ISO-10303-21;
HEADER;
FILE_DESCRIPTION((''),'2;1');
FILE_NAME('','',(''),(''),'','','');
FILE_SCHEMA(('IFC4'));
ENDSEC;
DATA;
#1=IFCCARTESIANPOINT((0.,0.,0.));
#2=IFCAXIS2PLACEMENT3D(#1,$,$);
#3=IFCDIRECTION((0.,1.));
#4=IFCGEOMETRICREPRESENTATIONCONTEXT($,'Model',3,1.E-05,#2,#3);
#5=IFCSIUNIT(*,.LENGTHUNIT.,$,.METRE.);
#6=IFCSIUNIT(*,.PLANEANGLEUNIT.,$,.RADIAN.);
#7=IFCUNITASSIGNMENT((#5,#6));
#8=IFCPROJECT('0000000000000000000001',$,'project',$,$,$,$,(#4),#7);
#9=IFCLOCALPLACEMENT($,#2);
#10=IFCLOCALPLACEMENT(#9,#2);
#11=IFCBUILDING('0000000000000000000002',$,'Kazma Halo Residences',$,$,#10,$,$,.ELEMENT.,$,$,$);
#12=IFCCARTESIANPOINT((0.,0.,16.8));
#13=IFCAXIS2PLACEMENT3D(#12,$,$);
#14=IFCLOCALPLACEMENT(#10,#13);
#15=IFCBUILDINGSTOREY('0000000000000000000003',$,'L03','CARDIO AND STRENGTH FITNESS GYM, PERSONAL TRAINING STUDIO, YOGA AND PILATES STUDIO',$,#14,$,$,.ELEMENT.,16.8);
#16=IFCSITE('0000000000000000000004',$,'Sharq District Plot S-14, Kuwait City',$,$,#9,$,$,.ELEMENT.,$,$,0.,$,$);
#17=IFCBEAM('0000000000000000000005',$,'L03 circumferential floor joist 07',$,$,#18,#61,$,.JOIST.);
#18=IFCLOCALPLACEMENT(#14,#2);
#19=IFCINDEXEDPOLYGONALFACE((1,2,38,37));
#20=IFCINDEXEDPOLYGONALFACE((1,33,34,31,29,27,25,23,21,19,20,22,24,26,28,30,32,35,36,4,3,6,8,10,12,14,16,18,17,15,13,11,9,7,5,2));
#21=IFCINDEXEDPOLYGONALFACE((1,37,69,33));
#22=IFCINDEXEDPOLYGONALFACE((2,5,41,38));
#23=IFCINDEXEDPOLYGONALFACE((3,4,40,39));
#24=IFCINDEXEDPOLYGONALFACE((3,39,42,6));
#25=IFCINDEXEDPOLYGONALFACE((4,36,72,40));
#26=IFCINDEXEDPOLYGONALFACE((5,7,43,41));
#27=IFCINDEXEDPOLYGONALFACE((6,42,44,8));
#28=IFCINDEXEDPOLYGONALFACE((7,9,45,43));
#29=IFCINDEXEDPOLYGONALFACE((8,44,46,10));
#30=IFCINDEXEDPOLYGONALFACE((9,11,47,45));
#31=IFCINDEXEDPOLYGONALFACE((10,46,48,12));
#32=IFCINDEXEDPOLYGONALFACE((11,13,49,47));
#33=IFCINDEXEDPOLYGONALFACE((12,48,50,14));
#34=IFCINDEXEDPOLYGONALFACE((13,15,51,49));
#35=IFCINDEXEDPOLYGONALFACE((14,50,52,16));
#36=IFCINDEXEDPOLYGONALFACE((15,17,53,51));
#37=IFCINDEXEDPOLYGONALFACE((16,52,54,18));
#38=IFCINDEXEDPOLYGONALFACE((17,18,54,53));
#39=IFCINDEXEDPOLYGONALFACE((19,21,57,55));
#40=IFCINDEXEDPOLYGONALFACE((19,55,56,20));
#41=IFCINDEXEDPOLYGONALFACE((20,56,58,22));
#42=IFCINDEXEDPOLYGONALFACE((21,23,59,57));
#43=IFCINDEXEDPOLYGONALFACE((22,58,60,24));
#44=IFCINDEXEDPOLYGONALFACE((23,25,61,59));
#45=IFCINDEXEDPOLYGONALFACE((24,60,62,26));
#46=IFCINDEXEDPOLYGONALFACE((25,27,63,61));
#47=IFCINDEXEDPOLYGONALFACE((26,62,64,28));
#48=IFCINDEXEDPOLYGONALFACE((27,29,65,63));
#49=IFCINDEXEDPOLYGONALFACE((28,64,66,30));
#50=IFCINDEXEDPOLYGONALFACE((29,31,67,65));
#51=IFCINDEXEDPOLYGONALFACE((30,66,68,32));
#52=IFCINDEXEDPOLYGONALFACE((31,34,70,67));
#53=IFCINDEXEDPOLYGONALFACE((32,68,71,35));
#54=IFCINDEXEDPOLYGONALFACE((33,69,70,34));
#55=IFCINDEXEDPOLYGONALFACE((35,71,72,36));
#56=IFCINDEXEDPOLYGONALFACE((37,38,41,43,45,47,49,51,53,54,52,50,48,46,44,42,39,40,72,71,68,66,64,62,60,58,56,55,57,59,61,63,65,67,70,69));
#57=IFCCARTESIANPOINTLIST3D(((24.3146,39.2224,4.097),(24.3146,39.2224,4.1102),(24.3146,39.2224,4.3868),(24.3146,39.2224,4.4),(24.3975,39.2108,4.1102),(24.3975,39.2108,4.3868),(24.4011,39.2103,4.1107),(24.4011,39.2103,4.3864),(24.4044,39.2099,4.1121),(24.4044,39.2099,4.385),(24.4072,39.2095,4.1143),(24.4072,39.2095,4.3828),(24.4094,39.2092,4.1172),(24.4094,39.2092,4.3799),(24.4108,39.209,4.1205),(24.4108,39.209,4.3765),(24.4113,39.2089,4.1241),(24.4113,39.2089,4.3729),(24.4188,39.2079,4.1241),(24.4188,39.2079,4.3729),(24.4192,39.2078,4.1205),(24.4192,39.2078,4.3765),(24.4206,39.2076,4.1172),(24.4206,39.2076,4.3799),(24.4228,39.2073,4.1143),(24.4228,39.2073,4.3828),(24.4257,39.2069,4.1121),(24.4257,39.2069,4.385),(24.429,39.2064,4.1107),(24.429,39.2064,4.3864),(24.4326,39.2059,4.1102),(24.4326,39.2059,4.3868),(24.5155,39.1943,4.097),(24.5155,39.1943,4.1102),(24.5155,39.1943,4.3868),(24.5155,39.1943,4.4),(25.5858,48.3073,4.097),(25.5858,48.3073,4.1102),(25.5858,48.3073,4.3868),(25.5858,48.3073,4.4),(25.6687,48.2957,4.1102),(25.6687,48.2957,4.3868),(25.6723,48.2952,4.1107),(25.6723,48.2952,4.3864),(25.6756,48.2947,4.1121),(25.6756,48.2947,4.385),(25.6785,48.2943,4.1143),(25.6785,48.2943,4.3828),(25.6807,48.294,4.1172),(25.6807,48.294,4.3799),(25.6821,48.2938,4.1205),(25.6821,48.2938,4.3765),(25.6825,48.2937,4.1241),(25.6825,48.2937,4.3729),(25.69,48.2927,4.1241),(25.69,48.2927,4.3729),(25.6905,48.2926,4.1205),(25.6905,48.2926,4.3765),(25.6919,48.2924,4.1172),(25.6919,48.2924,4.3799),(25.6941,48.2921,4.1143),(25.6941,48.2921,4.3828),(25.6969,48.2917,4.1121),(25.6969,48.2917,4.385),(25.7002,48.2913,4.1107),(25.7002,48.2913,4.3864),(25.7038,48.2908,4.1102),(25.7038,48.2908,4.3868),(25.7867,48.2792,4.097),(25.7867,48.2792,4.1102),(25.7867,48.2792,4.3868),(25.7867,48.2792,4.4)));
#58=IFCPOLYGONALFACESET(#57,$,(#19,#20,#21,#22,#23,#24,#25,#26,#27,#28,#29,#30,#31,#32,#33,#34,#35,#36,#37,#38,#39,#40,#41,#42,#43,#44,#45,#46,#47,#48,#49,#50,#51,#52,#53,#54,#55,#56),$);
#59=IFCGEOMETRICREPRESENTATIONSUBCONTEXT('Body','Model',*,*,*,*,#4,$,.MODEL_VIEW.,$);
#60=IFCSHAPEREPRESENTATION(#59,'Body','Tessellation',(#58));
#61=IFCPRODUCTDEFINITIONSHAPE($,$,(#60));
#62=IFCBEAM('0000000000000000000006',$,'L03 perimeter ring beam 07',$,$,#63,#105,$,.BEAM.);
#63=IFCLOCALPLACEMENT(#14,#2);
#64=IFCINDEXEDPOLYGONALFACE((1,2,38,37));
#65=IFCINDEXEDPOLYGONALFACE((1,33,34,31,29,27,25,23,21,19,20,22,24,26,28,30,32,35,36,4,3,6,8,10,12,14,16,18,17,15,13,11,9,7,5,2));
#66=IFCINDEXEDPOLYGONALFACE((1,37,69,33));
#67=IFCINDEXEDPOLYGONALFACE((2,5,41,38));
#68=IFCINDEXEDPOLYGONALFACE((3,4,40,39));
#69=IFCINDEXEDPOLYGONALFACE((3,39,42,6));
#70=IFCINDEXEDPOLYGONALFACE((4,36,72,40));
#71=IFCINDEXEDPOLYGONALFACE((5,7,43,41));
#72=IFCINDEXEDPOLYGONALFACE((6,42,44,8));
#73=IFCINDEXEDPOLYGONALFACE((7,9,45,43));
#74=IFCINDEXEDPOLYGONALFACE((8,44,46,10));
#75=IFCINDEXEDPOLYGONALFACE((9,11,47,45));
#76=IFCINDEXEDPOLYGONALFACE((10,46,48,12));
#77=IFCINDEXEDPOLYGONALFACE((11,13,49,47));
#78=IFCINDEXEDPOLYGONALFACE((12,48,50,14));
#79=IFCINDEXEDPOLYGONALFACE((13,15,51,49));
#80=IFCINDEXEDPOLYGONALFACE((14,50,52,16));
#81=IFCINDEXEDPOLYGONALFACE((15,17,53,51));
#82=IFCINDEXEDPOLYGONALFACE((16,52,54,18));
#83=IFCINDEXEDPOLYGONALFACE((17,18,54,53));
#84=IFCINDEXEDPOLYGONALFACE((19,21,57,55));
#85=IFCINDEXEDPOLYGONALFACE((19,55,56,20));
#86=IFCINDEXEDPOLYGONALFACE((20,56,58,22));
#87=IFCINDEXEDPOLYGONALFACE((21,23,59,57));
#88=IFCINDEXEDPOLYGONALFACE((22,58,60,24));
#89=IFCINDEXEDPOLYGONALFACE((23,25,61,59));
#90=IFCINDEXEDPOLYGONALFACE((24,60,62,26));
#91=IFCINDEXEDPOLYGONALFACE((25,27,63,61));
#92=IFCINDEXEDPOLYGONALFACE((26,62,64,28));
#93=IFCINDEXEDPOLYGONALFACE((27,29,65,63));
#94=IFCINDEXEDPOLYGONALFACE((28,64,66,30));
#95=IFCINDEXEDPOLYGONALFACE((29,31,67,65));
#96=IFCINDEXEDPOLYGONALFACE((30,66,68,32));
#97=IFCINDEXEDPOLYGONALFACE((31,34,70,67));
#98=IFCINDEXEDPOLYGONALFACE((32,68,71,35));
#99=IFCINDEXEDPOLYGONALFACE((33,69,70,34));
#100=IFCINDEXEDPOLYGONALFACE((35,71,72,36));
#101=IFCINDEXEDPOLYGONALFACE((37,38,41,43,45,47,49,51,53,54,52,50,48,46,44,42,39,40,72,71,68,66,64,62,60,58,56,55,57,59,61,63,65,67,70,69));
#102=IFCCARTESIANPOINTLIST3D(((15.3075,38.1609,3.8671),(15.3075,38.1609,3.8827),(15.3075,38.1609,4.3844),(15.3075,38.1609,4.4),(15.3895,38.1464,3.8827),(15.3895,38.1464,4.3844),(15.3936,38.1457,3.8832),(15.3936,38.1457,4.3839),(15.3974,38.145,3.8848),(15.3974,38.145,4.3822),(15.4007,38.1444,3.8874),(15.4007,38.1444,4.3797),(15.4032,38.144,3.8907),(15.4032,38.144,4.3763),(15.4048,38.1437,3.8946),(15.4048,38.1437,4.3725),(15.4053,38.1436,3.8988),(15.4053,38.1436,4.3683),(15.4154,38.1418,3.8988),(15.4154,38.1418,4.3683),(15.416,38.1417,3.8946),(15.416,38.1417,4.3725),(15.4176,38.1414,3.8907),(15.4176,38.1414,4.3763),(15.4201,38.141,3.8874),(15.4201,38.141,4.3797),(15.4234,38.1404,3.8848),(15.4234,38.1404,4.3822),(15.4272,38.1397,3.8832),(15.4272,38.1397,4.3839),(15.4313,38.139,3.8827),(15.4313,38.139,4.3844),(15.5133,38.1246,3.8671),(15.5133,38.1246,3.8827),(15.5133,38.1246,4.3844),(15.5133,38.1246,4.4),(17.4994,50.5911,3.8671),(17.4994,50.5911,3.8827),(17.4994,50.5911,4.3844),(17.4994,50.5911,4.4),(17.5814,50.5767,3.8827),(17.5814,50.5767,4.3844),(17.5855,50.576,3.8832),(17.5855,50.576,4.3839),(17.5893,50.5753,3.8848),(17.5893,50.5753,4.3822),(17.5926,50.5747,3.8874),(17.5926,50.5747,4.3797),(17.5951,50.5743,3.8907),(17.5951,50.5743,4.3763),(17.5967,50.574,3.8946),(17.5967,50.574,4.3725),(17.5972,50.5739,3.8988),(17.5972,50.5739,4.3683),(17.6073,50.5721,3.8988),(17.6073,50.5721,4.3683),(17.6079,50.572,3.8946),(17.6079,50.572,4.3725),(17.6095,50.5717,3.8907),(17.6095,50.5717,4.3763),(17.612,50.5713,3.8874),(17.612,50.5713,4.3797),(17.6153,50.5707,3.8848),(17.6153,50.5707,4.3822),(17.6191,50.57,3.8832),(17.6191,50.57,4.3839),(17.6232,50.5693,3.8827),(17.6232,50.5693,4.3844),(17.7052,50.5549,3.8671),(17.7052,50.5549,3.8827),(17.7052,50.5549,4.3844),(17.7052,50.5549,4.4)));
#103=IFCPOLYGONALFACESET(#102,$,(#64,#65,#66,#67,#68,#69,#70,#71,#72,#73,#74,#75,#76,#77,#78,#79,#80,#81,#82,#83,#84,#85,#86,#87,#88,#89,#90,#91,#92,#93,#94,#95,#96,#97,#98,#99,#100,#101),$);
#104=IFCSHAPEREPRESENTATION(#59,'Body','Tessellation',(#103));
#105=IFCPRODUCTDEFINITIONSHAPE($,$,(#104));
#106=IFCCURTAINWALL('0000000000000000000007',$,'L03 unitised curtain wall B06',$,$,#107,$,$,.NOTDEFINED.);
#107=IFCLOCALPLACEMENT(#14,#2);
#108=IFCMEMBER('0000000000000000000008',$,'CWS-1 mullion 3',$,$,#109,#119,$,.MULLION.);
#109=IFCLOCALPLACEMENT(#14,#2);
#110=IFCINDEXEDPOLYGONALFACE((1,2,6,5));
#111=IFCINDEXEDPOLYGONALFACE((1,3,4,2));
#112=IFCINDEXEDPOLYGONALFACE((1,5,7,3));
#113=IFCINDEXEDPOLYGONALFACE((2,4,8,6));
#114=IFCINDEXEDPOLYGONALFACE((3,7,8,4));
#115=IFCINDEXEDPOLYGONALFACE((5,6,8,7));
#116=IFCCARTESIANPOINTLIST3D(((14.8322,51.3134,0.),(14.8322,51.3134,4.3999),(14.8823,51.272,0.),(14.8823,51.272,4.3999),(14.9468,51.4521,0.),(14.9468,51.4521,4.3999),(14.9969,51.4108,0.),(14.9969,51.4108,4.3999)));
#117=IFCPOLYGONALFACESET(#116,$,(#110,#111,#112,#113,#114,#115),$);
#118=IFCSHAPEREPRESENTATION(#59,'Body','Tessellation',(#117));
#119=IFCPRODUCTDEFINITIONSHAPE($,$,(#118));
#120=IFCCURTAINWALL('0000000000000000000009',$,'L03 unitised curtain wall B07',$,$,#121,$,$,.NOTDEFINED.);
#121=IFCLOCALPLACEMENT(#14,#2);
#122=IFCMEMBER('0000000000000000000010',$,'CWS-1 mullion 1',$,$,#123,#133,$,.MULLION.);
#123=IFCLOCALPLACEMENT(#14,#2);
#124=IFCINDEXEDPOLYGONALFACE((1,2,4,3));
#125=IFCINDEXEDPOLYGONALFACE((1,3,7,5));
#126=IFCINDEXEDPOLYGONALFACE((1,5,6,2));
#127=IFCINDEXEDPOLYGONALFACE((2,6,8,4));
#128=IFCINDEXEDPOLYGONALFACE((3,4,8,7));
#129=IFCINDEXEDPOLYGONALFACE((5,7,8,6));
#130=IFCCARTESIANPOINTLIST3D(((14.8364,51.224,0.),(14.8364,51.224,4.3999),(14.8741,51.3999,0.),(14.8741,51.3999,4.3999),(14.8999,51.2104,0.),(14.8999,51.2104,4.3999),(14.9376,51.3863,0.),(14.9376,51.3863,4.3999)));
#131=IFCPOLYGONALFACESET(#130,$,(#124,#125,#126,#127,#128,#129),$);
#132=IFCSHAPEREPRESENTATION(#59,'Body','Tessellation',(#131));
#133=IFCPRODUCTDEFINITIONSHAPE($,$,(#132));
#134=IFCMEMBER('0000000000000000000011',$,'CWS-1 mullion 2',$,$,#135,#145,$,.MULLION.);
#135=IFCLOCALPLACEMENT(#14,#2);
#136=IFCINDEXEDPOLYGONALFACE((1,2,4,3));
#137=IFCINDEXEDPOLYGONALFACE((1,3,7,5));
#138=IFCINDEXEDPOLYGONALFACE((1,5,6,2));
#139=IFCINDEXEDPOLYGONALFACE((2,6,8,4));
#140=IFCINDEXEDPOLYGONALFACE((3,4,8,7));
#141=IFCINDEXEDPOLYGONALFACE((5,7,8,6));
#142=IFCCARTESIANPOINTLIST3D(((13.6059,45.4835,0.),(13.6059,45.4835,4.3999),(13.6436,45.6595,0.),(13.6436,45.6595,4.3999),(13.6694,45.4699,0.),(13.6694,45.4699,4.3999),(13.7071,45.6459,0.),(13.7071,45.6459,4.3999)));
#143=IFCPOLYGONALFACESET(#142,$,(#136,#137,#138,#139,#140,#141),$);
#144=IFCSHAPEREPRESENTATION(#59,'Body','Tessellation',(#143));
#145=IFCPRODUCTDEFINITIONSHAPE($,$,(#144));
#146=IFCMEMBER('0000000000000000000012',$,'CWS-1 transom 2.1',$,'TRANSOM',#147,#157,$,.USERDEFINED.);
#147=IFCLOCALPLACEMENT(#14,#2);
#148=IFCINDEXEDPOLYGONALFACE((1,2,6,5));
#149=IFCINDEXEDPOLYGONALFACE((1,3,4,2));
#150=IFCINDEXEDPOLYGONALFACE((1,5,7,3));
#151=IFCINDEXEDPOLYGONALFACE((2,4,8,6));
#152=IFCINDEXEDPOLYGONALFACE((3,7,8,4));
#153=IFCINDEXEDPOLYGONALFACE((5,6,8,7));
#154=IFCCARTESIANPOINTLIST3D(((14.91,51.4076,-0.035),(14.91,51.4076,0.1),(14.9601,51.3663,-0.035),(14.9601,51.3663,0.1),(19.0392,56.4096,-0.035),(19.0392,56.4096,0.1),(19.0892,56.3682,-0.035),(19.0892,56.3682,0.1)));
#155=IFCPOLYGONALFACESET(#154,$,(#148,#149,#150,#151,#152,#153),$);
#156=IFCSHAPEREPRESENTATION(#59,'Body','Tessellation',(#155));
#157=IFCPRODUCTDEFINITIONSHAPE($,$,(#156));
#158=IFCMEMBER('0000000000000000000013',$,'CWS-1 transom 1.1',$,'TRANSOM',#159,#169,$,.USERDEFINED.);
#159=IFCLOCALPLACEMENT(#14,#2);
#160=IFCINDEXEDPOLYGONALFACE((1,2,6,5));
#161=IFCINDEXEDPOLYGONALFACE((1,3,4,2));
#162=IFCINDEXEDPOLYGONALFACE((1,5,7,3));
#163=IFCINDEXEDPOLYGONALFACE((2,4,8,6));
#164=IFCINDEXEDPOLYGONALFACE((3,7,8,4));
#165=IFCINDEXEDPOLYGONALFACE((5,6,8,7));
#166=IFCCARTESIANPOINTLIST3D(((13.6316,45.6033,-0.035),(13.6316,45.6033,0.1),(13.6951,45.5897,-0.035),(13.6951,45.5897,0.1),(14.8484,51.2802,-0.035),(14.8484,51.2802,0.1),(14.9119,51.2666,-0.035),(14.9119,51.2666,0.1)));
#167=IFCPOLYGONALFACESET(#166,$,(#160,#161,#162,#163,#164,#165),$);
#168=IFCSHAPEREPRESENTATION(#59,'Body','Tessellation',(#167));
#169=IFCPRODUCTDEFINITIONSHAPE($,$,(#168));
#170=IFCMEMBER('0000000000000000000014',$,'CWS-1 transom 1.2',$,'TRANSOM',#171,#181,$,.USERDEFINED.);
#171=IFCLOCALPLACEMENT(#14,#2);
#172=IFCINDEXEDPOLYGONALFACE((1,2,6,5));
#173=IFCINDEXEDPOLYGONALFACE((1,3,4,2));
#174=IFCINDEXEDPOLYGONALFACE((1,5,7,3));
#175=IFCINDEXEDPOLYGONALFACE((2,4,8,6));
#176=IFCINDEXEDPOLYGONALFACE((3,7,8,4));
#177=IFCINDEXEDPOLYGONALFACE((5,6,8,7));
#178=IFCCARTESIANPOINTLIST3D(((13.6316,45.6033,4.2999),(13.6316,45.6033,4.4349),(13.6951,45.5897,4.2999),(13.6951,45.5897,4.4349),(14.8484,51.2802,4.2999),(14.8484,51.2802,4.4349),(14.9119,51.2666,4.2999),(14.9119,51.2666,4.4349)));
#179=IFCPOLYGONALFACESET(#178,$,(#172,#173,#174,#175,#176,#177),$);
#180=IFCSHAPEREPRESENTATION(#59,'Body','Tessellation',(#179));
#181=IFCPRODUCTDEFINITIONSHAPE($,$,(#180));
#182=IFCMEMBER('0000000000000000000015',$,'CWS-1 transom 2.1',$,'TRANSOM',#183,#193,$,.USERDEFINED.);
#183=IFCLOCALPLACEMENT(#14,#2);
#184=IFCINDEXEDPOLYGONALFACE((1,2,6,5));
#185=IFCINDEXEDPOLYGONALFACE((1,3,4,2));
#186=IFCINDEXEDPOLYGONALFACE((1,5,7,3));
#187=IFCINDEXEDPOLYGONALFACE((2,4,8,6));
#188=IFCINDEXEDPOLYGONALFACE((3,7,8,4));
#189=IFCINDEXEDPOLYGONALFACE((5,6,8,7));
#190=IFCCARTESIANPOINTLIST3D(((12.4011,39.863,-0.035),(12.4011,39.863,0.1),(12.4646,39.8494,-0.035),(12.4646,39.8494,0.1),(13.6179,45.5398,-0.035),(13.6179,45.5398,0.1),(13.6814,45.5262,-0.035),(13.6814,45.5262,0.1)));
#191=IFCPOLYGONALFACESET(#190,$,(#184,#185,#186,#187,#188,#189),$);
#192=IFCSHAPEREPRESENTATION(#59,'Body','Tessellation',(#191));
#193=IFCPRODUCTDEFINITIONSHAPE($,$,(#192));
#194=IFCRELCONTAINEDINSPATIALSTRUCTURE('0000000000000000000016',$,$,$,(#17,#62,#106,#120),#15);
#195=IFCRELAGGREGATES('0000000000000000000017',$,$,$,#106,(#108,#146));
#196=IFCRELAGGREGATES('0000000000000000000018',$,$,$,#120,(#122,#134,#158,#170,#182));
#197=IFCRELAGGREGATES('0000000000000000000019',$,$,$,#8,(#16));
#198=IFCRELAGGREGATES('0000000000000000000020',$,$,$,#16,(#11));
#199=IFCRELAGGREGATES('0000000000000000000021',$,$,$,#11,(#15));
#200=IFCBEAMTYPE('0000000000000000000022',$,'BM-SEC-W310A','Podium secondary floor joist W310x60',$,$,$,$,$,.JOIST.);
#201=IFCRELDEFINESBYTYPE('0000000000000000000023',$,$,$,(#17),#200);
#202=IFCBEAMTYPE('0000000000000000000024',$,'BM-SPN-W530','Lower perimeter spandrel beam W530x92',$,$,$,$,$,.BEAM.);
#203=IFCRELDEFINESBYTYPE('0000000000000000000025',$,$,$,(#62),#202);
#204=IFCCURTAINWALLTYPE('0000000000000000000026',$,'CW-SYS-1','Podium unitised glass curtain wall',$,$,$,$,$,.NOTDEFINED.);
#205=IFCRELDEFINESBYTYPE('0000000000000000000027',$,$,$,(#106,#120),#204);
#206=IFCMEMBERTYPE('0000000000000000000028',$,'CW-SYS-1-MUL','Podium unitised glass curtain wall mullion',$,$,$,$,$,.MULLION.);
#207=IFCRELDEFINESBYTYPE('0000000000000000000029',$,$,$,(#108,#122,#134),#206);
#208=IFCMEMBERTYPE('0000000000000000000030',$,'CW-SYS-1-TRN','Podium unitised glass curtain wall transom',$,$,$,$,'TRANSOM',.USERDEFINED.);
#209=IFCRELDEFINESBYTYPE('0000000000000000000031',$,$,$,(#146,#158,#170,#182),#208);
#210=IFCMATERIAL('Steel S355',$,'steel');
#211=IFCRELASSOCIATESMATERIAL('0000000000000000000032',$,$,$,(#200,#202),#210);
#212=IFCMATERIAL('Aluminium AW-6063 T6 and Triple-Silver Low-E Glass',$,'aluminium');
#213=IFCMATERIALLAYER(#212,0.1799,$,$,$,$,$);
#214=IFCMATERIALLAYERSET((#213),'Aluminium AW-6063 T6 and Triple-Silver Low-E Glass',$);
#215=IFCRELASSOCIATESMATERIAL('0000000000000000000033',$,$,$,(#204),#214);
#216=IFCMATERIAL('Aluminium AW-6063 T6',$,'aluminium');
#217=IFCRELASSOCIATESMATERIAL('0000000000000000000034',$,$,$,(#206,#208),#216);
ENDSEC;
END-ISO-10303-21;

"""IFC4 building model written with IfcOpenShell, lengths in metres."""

from ifc_helpers import new_model, si_unit, direction, frame, origin, origin_2d, place, context, subcontext, project, spatial, rectangle, i_section, extrude, material, layer, layer_set, material_profile, profile_set, type_object, element, aggregate, save


model = new_model("IFC4")

# Units and contexts
model_context = context("Model", 3, precision=1e-05, world=origin(), true_north=direction((0.0, 1.0)))
body_context = subcontext(model_context, "Body", "Model", "MODEL_VIEW")
ifc_project = project(units=[si_unit("LENGTHUNIT", "METRE"), si_unit("PLANEANGLEUNIT", "RADIAN")], contexts=[model_context])

# Site, building, storey
site_placement = place(None, origin())
site = spatial("IfcSite", under=ifc_project, at=site_placement, Name="Sharq District Plot S-14, Kuwait City", CompositionType="ELEMENT", RefElevation=0.0)
building_placement = place(site_placement, origin())
building = spatial("IfcBuilding", under=site, at=building_placement, Name="Kazma Halo Residences", CompositionType="ELEMENT")
storey_placement = place(building_placement, frame((0.0, 0.0, 16.8)))
storey = spatial("IfcBuildingStorey", under=building, at=storey_placement, Name="L03", Description="CARDIO AND STRENGTH FITNESS GYM, PERSONAL TRAINING STUDIO, YOGA AND PILATES STUDIO", CompositionType="ELEMENT", Elevation=16.8)

# Beams
ifc_material_1 = material(Name="Steel S355", Category="steel")
ifc_material_profile_1 = material_profile(ifc_material_1, i_section(OverallWidth=0.2029, OverallDepth=0.303, WebThickness=0.0076, FlangeThickness=0.0132, FilletRadius=0.0139, at=origin_2d()), Name="W310x60")
ifc_profile_set_1 = profile_set([ifc_material_profile_1], Name="Steel S355")
beam_type_1 = type_object("IfcBeamType", Name="BM-SEC-W310A", Description="Podium secondary floor joist W310x60", PredefinedType="JOIST", material=ifc_profile_set_1)
beam_1_placement = place(storey_placement, frame((25.6863, 48.2932, 4.2485), z_axis=(-0.138582, -0.990351, 0.0), x_axis=(0.990351, -0.138582, 0.0)))
element("IfcBeam", 1, at=beam_1_placement, inside=storey, type_object=beam_type_1, Name="L03 circumferential floor joist 07", PredefinedType="JOIST", context=body_context, shape_type="SweptSolid", body=[
    extrude(i_section(OverallWidth=0.2029, OverallDepth=0.303, WebThickness=0.0076, FlangeThickness=0.0132, FilletRadius=0.0139, at=origin_2d()), origin(), (0.0, 0.0, 1.0), 9.1733),
])
ifc_material_profile_2 = material_profile(ifc_material_1, i_section(OverallWidth=0.209, OverallDepth=0.533, WebThickness=0.0103, FlangeThickness=0.0156, FilletRadius=0.0161, at=origin_2d()), Name="W530x92")
ifc_profile_set_2 = profile_set([ifc_material_profile_2], Name="Steel S355")
beam_type_2 = type_object("IfcBeamType", Name="BM-SPN-W530", Description="Lower perimeter spandrel beam W530x92", PredefinedType="BEAM", material=ifc_profile_set_2)
beam_2_placement = place(storey_placement, frame((17.6023, 50.573, 4.1335), z_axis=(-0.173657, -0.984806, 0.0), x_axis=(0.984806, -0.173657, 0.0)))
element("IfcBeam", 2, at=beam_2_placement, inside=storey, type_object=beam_type_2, Name="L03 perimeter ring beam 07", PredefinedType="BEAM", context=body_context, shape_type="SweptSolid", body=[
    extrude(i_section(OverallWidth=0.209, OverallDepth=0.533, WebThickness=0.0103, FlangeThickness=0.0156, FilletRadius=0.0161, at=origin_2d()), origin(), (0.0, 0.0, 1.0), 12.6221),
])

# Curtain wall, member
ifc_material_2 = material(Name="Aluminium AW-6063 T6 and Triple-Silver Low-E Glass", Category="aluminium")
ifc_layer_1 = layer(ifc_material_2, 0.1799)
ifc_layer_set_1 = layer_set([ifc_layer_1], Name="Aluminium AW-6063 T6 and Triple-Silver Low-E Glass")
curtain_wall_type = type_object("IfcCurtainWallType", Name="CW-SYS-1", Description="Podium unitised glass curtain wall", PredefinedType="NOTDEFINED", material=ifc_layer_set_1)
curtain_wall_1_placement = place(storey_placement, origin())
curtain_wall_1 = element("IfcCurtainWall", 3, at=curtain_wall_1_placement, inside=storey, type_object=curtain_wall_type, Name="L03 unitised curtain wall B06", PredefinedType="NOTDEFINED")
ifc_material_3 = material(Name="Aluminium AW-6063 T6", Category="aluminium")
ifc_material_profile_3 = material_profile(ifc_material_3, rectangle(XDim=0.0649, YDim=0.1799, at=origin_2d()), Name="CWM-65x180")
ifc_profile_set_3 = profile_set([ifc_material_profile_3], Name="Aluminium AW-6063 T6")
member_type_1 = type_object("IfcMemberType", Name="CW-SYS-1-MUL", Description="Podium unitised glass curtain wall mullion", PredefinedType="MULLION", material=ifc_profile_set_3)
member_1_placement = place(storey_placement, frame((14.9146, 51.3621, 0.0), z_axis=(0.0, 0.0, 1.0), x_axis=(0.771192, -0.636603, 0.0)))
member_1 = element("IfcMember", 4, at=member_1_placement, type_object=member_type_1, Name="CWS-1 mullion 3", PredefinedType="MULLION", context=body_context, shape_type="SweptSolid", body=[
    extrude(rectangle(XDim=0.0649, YDim=0.1799, at=origin_2d()), origin(), (0.0, 0.0, 1.0), 4.3999),
])

# Curtain wall, members
curtain_wall_2_placement = place(storey_placement, origin())
curtain_wall_2 = element("IfcCurtainWall", 5, at=curtain_wall_2_placement, inside=storey, type_object=curtain_wall_type, Name="L03 unitised curtain wall B07", PredefinedType="NOTDEFINED")
member_2_placement = place(storey_placement, frame((14.887, 51.3052, 0.0), z_axis=(0.0, 0.0, 1.0), x_axis=(0.977788, -0.209596, 0.0)))
member_2 = element("IfcMember", 6, at=member_2_placement, type_object=member_type_1, Name="CWS-1 mullion 1", PredefinedType="MULLION", context=body_context, shape_type="SweptSolid", body=[
    extrude(rectangle(XDim=0.0649, YDim=0.1799, at=origin_2d()), origin(), (0.0, 0.0, 1.0), 4.3999),
])
member_3_placement = place(storey_placement, frame((13.6565, 45.5647, 0.0), z_axis=(0.0, 0.0, 1.0), x_axis=(0.977788, -0.209596, 0.0)))
member_3 = element("IfcMember", 7, at=member_3_placement, type_object=member_type_1, Name="CWS-1 mullion 2", PredefinedType="MULLION", context=body_context, shape_type="SweptSolid", body=[
    extrude(rectangle(XDim=0.0649, YDim=0.1799, at=origin_2d()), origin(), (0.0, 0.0, 1.0), 4.3999),
])

# Members
ifc_material_profile_4 = material_profile(ifc_material_3, rectangle(XDim=0.0649, YDim=0.135, at=origin_2d()), Name="CWT-65x135")
ifc_profile_set_4 = profile_set([ifc_material_profile_4], Name="Aluminium AW-6063 T6")
member_type_2 = type_object("IfcMemberType", Name="CW-SYS-1-TRN", Description="Podium unitised glass curtain wall transom", ElementType="TRANSOM", PredefinedType="USERDEFINED", material=ifc_profile_set_4)
member_4_placement = place(storey_placement, frame((19.0642, 56.3889, 0.0325), z_axis=(-0.636616, -0.771181, 0.0), x_axis=(0.771181, -0.636616, 0.0)))
member_4 = element("IfcMember", 8, at=member_4_placement, type_object=member_type_2, Name="CWS-1 transom 2.1", ObjectType="TRANSOM", PredefinedType="USERDEFINED", context=body_context, shape_type="SweptSolid", body=[
    extrude(rectangle(XDim=0.0649, YDim=0.135, at=origin_2d()), origin(), (0.0, 0.0, 1.0), 6.4861),
])
member_5_placement = place(storey_placement, frame((14.8801, 51.2734, 0.0325), z_axis=(-0.209578, -0.977792, 0.0), x_axis=(0.977792, -0.209578, 0.0)))
member_5 = element("IfcMember", 9, at=member_5_placement, type_object=member_type_2, Name="CWS-1 transom 1.1", ObjectType="TRANSOM", PredefinedType="USERDEFINED", context=body_context, shape_type="SweptSolid", body=[
    extrude(rectangle(XDim=0.0649, YDim=0.135, at=origin_2d()), origin(), (0.0, 0.0, 1.0), 5.8059),
])
member_6_placement = place(storey_placement, frame((14.8801, 51.2734, 4.3674), z_axis=(-0.209578, -0.977792, 0.0), x_axis=(0.977792, -0.209578, 0.0)))
member_6 = element("IfcMember", 10, at=member_6_placement, type_object=member_type_2, Name="CWS-1 transom 1.2", ObjectType="TRANSOM", PredefinedType="USERDEFINED", context=body_context, shape_type="SweptSolid", body=[
    extrude(rectangle(XDim=0.0649, YDim=0.135, at=origin_2d()), origin(), (0.0, 0.0, 1.0), 5.8059),
])
member_7_placement = place(storey_placement, frame((13.6497, 45.533, 0.0325), z_axis=(-0.209587, -0.97779, 0.0), x_axis=(0.97779, -0.209587, 0.0)))
member_7 = element("IfcMember", 11, at=member_7_placement, type_object=member_type_2, Name="CWS-1 transom 2.1", ObjectType="TRANSOM", PredefinedType="USERDEFINED", context=body_context, shape_type="SweptSolid", body=[
    extrude(rectangle(XDim=0.0649, YDim=0.135, at=origin_2d()), origin(), (0.0, 0.0, 1.0), 5.8057),
])

aggregate(curtain_wall_1, [member_1, member_4])
aggregate(curtain_wall_2, [member_2, member_3, member_5, member_6, member_7])

save(model, "model.ifc")
